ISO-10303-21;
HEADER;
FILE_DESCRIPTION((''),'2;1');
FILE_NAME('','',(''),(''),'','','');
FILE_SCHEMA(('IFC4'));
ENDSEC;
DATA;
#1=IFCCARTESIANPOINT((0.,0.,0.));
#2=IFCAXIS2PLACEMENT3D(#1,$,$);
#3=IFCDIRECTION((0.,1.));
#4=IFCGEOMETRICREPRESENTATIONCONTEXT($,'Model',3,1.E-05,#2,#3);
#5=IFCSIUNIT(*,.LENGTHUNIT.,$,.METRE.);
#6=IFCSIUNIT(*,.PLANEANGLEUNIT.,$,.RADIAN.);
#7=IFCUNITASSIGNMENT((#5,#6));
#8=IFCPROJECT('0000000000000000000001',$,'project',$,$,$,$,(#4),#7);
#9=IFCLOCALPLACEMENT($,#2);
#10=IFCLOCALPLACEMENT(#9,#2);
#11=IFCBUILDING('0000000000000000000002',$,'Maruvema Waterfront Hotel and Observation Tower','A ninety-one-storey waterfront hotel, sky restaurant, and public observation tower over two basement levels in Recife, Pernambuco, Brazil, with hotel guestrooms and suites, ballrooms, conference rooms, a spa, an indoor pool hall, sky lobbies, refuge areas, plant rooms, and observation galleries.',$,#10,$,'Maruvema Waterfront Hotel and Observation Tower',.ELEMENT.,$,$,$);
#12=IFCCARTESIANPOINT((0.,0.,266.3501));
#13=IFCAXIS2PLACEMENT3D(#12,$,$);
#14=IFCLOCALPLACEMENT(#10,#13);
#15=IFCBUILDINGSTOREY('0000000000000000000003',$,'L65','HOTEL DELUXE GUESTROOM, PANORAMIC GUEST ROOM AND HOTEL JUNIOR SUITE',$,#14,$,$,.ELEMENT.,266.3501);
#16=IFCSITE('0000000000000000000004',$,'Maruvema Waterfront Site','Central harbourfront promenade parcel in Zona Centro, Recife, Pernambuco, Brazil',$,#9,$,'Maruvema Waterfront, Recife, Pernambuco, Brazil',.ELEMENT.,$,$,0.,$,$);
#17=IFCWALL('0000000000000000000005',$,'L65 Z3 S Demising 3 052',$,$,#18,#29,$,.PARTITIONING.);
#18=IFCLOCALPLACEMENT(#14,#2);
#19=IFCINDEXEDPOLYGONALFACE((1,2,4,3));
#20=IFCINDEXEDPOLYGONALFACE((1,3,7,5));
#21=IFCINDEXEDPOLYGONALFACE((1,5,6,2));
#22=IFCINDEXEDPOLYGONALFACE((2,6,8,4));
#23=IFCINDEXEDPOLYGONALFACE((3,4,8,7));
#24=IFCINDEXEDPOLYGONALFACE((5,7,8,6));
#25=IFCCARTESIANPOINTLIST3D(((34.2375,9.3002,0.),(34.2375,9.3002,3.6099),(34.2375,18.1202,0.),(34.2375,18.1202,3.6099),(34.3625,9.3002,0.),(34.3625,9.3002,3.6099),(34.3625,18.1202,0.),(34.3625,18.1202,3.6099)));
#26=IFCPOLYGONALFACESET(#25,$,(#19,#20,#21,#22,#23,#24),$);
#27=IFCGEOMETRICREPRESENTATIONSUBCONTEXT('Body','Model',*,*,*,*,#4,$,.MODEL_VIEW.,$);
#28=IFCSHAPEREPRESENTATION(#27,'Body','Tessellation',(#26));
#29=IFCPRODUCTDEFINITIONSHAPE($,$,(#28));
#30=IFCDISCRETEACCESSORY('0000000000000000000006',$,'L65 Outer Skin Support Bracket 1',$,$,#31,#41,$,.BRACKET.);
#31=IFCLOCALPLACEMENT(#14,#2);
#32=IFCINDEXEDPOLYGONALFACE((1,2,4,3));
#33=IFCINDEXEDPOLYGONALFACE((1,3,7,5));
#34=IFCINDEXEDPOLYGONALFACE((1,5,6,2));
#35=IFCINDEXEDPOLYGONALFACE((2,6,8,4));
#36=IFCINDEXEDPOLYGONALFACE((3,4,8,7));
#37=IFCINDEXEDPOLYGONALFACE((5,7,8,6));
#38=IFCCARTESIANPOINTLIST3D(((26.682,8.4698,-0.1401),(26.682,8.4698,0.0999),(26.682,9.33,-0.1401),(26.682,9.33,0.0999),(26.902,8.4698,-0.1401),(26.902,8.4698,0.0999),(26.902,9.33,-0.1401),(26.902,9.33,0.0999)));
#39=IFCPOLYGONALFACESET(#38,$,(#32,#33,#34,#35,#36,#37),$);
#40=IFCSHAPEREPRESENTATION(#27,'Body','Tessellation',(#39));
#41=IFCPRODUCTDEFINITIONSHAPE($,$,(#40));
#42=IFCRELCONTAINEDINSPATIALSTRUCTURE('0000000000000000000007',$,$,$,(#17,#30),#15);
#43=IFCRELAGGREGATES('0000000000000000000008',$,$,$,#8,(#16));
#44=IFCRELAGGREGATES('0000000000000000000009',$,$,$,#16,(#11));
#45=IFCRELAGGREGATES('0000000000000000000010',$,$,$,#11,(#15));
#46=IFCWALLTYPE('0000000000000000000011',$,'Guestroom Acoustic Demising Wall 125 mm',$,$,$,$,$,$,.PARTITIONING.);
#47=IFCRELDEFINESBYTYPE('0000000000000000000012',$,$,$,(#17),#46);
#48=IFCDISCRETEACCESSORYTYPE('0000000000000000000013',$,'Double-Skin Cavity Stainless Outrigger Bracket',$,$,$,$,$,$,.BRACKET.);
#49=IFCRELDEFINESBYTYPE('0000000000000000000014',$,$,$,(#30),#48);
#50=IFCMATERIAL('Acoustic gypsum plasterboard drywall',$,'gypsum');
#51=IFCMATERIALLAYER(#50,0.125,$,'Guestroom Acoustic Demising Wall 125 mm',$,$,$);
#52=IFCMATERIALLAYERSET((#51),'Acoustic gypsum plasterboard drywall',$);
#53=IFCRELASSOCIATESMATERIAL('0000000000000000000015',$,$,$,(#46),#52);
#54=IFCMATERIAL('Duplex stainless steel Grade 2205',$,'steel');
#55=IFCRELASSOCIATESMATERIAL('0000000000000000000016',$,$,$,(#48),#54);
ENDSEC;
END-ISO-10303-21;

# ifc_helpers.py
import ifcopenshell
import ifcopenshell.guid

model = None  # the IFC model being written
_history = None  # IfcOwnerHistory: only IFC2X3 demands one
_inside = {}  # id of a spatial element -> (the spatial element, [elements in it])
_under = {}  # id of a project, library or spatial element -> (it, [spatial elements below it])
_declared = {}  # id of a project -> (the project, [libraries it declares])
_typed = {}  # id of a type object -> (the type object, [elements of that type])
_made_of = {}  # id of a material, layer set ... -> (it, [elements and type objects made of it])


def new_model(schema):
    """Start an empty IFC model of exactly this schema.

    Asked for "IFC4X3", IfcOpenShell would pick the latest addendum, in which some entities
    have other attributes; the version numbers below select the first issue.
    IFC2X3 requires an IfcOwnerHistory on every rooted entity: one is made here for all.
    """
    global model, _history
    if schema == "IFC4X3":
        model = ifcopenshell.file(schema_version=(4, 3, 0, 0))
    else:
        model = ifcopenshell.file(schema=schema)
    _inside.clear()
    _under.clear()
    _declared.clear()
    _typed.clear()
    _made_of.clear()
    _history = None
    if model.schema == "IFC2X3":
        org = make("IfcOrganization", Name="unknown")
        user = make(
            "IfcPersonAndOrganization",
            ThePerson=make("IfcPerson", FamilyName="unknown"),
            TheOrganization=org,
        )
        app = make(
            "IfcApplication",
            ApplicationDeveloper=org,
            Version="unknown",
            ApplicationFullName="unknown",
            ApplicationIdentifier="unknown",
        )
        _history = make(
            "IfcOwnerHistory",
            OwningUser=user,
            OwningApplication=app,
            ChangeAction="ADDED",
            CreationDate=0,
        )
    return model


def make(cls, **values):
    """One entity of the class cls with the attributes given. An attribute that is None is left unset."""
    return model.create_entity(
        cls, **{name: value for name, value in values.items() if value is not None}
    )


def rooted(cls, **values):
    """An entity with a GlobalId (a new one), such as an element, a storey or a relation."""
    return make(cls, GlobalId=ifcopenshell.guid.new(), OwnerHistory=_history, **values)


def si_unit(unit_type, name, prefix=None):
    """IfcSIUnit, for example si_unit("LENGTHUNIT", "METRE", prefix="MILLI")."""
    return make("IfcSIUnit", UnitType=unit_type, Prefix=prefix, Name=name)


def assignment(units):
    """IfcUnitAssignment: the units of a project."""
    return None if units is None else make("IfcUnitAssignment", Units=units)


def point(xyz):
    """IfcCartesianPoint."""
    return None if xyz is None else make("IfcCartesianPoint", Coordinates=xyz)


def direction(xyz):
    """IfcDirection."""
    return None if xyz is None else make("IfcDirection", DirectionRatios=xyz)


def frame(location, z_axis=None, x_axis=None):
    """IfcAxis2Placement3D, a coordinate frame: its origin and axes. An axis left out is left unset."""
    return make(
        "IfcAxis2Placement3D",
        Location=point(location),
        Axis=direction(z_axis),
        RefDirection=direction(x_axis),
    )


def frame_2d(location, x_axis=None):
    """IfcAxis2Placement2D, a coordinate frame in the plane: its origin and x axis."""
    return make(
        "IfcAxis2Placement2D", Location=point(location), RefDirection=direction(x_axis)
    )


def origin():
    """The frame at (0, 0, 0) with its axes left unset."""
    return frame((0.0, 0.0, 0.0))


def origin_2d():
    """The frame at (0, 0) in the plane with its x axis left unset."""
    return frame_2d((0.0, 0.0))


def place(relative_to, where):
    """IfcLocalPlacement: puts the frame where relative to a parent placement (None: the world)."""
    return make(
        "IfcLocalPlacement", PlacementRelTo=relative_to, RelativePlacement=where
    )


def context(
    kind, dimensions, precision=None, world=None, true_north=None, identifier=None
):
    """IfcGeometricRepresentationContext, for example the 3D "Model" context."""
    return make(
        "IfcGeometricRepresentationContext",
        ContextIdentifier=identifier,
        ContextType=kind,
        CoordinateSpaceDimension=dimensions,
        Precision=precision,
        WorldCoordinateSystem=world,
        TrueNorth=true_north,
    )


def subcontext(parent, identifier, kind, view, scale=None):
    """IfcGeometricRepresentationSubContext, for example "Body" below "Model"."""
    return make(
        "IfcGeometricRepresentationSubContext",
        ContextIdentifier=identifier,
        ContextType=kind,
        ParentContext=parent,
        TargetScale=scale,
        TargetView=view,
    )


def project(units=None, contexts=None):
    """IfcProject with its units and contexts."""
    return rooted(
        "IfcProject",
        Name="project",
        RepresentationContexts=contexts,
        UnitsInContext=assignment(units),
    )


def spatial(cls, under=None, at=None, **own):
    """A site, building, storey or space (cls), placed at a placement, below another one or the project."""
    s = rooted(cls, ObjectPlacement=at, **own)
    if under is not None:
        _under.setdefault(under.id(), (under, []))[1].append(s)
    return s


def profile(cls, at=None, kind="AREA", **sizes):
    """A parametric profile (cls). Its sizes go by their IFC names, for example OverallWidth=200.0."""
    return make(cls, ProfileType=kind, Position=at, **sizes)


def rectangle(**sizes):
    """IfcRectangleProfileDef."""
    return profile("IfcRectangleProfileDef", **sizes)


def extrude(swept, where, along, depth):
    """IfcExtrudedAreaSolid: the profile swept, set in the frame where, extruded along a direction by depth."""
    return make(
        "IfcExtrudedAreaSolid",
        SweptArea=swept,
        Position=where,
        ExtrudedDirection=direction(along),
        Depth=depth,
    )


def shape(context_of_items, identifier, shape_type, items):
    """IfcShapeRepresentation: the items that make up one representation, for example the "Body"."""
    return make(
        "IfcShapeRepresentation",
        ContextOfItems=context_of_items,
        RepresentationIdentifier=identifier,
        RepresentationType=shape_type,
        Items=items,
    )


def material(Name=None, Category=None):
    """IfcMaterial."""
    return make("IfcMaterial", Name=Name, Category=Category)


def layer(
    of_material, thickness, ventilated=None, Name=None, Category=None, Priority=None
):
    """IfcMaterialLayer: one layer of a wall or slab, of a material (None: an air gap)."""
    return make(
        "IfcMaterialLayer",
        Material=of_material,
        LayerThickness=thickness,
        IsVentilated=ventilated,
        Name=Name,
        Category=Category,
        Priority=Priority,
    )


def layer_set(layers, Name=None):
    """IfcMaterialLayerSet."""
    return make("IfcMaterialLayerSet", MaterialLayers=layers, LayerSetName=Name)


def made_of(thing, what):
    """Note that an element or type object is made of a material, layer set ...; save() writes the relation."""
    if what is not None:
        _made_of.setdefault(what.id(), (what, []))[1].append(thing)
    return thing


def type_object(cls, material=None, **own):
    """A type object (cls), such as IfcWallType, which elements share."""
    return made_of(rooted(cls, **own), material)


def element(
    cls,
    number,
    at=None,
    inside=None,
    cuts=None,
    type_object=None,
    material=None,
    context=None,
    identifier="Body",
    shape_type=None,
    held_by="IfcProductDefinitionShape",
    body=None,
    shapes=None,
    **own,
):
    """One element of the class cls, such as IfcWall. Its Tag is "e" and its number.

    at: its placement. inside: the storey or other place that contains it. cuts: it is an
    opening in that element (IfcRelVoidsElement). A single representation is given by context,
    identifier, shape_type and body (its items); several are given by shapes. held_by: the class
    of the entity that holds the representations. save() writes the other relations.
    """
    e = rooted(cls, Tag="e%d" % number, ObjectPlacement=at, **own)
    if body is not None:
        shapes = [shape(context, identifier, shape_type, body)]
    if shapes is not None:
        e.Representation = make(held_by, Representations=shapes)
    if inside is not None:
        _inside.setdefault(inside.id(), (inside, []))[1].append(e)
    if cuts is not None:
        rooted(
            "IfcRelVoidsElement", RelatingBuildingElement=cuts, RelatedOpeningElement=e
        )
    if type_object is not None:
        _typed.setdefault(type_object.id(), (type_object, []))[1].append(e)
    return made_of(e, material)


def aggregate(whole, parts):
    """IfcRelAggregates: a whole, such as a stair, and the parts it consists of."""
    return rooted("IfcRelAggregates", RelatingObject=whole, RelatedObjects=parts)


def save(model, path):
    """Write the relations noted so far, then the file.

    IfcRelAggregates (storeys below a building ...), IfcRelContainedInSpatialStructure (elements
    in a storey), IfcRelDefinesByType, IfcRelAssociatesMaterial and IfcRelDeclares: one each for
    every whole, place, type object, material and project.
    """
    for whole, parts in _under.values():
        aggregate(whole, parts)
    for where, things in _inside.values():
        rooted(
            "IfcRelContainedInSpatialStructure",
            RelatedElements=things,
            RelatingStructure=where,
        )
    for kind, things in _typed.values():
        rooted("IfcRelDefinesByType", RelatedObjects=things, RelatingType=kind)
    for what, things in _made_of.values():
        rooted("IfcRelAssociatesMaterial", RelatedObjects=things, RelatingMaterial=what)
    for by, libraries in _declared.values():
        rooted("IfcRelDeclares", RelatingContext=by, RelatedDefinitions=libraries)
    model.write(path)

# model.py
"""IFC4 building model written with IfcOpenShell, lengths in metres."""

from ifc_helpers import new_model, si_unit, direction, frame, frame_2d, origin, origin_2d, place, context, subcontext, project, spatial, rectangle, extrude, material, layer, layer_set, type_object, element, save


model = new_model("IFC4")

# Units and contexts
model_context = context("Model", 3, precision=1e-05, world=origin(), true_north=direction((0.0, 1.0)))
body_context = subcontext(model_context, "Body", "Model", "MODEL_VIEW")
ifc_project = project(units=[si_unit("LENGTHUNIT", "METRE"), si_unit("PLANEANGLEUNIT", "RADIAN")], contexts=[model_context])

# Site, building, storey
site_placement = place(None, origin())
site = spatial("IfcSite", under=ifc_project, at=site_placement, Name="Maruvema Waterfront Site", Description="Central harbourfront promenade parcel in Zona Centro, Recife, Pernambuco, Brazil", LongName="Maruvema Waterfront, Recife, Pernambuco, Brazil", CompositionType="ELEMENT", RefElevation=0.0)
building_placement = place(site_placement, origin())
building = spatial("IfcBuilding", under=site, at=building_placement, Name="Maruvema Waterfront Hotel and Observation Tower", Description="A ninety-one-storey waterfront hotel, sky restaurant, and public observation tower over two basement levels in Recife, Pernambuco, Brazil, with hotel guestrooms and suites, ballrooms, conference rooms, a spa, an indoor pool hall, sky lobbies, refuge areas, plant rooms, and observation galleries.", LongName="Maruvema Waterfront Hotel and Observation Tower", CompositionType="ELEMENT")
storey_placement = place(building_placement, frame((0.0, 0.0, 266.3501)))
storey = spatial("IfcBuildingStorey", under=building, at=storey_placement, Name="L65", Description="HOTEL DELUXE GUESTROOM, PANORAMIC GUEST ROOM AND HOTEL JUNIOR SUITE", CompositionType="ELEMENT", Elevation=266.3501)

# Wall
ifc_material_1 = material(Name="Acoustic gypsum plasterboard drywall", Category="gypsum")
ifc_layer_1 = layer(ifc_material_1, 0.125, Name="Guestroom Acoustic Demising Wall 125 mm")
ifc_layer_set_1 = layer_set([ifc_layer_1], Name="Acoustic gypsum plasterboard drywall")
wall_type_1 = type_object("IfcWallType", Name="Guestroom Acoustic Demising Wall 125 mm", PredefinedType="PARTITIONING", material=ifc_layer_set_1)
for number, where, z_axis, x_axis, name in (
    (1, (34.3, 9.3, 0.0), (0.0, 0.0, 1.0), (0.0, 1.0, 0.0), "L65 Z3 S Demising 3 052"),
):
    element("IfcWall", number, at=place(storey_placement, frame(where, z_axis=z_axis, x_axis=x_axis)), inside=storey, type_object=wall_type_1, Name=name, PredefinedType="PARTITIONING", context=body_context, shape_type="SweptSolid", body=[
        extrude(rectangle(XDim=8.8201, YDim=0.125, at=frame_2d((4.4102, 0.0))), origin(), (0.0, 0.0, 1.0), 3.6099),
    ])

# Discrete accessory
ifc_material_2 = material(Name="Duplex stainless steel Grade 2205", Category="steel")
discrete_accessory_type = type_object("IfcDiscreteAccessoryType", Name="Double-Skin Cavity Stainless Outrigger Bracket", PredefinedType="BRACKET", material=ifc_material_2)
discrete_accessory_placement = place(storey_placement, frame((26.792, 8.8999, -0.1401), z_axis=(0.0, 0.0, 1.0), x_axis=(1.0, 0.0, 0.0)))
element("IfcDiscreteAccessory", 2, at=discrete_accessory_placement, inside=storey, type_object=discrete_accessory_type, Name="L65 Outer Skin Support Bracket 1", PredefinedType="BRACKET", context=body_context, shape_type="SweptSolid", body=[
    extrude(rectangle(XDim=0.22, YDim=0.8601, at=origin_2d()), origin(), (0.0, 0.0, 1.0), 0.24),
])

save(model, "model.ifc")
